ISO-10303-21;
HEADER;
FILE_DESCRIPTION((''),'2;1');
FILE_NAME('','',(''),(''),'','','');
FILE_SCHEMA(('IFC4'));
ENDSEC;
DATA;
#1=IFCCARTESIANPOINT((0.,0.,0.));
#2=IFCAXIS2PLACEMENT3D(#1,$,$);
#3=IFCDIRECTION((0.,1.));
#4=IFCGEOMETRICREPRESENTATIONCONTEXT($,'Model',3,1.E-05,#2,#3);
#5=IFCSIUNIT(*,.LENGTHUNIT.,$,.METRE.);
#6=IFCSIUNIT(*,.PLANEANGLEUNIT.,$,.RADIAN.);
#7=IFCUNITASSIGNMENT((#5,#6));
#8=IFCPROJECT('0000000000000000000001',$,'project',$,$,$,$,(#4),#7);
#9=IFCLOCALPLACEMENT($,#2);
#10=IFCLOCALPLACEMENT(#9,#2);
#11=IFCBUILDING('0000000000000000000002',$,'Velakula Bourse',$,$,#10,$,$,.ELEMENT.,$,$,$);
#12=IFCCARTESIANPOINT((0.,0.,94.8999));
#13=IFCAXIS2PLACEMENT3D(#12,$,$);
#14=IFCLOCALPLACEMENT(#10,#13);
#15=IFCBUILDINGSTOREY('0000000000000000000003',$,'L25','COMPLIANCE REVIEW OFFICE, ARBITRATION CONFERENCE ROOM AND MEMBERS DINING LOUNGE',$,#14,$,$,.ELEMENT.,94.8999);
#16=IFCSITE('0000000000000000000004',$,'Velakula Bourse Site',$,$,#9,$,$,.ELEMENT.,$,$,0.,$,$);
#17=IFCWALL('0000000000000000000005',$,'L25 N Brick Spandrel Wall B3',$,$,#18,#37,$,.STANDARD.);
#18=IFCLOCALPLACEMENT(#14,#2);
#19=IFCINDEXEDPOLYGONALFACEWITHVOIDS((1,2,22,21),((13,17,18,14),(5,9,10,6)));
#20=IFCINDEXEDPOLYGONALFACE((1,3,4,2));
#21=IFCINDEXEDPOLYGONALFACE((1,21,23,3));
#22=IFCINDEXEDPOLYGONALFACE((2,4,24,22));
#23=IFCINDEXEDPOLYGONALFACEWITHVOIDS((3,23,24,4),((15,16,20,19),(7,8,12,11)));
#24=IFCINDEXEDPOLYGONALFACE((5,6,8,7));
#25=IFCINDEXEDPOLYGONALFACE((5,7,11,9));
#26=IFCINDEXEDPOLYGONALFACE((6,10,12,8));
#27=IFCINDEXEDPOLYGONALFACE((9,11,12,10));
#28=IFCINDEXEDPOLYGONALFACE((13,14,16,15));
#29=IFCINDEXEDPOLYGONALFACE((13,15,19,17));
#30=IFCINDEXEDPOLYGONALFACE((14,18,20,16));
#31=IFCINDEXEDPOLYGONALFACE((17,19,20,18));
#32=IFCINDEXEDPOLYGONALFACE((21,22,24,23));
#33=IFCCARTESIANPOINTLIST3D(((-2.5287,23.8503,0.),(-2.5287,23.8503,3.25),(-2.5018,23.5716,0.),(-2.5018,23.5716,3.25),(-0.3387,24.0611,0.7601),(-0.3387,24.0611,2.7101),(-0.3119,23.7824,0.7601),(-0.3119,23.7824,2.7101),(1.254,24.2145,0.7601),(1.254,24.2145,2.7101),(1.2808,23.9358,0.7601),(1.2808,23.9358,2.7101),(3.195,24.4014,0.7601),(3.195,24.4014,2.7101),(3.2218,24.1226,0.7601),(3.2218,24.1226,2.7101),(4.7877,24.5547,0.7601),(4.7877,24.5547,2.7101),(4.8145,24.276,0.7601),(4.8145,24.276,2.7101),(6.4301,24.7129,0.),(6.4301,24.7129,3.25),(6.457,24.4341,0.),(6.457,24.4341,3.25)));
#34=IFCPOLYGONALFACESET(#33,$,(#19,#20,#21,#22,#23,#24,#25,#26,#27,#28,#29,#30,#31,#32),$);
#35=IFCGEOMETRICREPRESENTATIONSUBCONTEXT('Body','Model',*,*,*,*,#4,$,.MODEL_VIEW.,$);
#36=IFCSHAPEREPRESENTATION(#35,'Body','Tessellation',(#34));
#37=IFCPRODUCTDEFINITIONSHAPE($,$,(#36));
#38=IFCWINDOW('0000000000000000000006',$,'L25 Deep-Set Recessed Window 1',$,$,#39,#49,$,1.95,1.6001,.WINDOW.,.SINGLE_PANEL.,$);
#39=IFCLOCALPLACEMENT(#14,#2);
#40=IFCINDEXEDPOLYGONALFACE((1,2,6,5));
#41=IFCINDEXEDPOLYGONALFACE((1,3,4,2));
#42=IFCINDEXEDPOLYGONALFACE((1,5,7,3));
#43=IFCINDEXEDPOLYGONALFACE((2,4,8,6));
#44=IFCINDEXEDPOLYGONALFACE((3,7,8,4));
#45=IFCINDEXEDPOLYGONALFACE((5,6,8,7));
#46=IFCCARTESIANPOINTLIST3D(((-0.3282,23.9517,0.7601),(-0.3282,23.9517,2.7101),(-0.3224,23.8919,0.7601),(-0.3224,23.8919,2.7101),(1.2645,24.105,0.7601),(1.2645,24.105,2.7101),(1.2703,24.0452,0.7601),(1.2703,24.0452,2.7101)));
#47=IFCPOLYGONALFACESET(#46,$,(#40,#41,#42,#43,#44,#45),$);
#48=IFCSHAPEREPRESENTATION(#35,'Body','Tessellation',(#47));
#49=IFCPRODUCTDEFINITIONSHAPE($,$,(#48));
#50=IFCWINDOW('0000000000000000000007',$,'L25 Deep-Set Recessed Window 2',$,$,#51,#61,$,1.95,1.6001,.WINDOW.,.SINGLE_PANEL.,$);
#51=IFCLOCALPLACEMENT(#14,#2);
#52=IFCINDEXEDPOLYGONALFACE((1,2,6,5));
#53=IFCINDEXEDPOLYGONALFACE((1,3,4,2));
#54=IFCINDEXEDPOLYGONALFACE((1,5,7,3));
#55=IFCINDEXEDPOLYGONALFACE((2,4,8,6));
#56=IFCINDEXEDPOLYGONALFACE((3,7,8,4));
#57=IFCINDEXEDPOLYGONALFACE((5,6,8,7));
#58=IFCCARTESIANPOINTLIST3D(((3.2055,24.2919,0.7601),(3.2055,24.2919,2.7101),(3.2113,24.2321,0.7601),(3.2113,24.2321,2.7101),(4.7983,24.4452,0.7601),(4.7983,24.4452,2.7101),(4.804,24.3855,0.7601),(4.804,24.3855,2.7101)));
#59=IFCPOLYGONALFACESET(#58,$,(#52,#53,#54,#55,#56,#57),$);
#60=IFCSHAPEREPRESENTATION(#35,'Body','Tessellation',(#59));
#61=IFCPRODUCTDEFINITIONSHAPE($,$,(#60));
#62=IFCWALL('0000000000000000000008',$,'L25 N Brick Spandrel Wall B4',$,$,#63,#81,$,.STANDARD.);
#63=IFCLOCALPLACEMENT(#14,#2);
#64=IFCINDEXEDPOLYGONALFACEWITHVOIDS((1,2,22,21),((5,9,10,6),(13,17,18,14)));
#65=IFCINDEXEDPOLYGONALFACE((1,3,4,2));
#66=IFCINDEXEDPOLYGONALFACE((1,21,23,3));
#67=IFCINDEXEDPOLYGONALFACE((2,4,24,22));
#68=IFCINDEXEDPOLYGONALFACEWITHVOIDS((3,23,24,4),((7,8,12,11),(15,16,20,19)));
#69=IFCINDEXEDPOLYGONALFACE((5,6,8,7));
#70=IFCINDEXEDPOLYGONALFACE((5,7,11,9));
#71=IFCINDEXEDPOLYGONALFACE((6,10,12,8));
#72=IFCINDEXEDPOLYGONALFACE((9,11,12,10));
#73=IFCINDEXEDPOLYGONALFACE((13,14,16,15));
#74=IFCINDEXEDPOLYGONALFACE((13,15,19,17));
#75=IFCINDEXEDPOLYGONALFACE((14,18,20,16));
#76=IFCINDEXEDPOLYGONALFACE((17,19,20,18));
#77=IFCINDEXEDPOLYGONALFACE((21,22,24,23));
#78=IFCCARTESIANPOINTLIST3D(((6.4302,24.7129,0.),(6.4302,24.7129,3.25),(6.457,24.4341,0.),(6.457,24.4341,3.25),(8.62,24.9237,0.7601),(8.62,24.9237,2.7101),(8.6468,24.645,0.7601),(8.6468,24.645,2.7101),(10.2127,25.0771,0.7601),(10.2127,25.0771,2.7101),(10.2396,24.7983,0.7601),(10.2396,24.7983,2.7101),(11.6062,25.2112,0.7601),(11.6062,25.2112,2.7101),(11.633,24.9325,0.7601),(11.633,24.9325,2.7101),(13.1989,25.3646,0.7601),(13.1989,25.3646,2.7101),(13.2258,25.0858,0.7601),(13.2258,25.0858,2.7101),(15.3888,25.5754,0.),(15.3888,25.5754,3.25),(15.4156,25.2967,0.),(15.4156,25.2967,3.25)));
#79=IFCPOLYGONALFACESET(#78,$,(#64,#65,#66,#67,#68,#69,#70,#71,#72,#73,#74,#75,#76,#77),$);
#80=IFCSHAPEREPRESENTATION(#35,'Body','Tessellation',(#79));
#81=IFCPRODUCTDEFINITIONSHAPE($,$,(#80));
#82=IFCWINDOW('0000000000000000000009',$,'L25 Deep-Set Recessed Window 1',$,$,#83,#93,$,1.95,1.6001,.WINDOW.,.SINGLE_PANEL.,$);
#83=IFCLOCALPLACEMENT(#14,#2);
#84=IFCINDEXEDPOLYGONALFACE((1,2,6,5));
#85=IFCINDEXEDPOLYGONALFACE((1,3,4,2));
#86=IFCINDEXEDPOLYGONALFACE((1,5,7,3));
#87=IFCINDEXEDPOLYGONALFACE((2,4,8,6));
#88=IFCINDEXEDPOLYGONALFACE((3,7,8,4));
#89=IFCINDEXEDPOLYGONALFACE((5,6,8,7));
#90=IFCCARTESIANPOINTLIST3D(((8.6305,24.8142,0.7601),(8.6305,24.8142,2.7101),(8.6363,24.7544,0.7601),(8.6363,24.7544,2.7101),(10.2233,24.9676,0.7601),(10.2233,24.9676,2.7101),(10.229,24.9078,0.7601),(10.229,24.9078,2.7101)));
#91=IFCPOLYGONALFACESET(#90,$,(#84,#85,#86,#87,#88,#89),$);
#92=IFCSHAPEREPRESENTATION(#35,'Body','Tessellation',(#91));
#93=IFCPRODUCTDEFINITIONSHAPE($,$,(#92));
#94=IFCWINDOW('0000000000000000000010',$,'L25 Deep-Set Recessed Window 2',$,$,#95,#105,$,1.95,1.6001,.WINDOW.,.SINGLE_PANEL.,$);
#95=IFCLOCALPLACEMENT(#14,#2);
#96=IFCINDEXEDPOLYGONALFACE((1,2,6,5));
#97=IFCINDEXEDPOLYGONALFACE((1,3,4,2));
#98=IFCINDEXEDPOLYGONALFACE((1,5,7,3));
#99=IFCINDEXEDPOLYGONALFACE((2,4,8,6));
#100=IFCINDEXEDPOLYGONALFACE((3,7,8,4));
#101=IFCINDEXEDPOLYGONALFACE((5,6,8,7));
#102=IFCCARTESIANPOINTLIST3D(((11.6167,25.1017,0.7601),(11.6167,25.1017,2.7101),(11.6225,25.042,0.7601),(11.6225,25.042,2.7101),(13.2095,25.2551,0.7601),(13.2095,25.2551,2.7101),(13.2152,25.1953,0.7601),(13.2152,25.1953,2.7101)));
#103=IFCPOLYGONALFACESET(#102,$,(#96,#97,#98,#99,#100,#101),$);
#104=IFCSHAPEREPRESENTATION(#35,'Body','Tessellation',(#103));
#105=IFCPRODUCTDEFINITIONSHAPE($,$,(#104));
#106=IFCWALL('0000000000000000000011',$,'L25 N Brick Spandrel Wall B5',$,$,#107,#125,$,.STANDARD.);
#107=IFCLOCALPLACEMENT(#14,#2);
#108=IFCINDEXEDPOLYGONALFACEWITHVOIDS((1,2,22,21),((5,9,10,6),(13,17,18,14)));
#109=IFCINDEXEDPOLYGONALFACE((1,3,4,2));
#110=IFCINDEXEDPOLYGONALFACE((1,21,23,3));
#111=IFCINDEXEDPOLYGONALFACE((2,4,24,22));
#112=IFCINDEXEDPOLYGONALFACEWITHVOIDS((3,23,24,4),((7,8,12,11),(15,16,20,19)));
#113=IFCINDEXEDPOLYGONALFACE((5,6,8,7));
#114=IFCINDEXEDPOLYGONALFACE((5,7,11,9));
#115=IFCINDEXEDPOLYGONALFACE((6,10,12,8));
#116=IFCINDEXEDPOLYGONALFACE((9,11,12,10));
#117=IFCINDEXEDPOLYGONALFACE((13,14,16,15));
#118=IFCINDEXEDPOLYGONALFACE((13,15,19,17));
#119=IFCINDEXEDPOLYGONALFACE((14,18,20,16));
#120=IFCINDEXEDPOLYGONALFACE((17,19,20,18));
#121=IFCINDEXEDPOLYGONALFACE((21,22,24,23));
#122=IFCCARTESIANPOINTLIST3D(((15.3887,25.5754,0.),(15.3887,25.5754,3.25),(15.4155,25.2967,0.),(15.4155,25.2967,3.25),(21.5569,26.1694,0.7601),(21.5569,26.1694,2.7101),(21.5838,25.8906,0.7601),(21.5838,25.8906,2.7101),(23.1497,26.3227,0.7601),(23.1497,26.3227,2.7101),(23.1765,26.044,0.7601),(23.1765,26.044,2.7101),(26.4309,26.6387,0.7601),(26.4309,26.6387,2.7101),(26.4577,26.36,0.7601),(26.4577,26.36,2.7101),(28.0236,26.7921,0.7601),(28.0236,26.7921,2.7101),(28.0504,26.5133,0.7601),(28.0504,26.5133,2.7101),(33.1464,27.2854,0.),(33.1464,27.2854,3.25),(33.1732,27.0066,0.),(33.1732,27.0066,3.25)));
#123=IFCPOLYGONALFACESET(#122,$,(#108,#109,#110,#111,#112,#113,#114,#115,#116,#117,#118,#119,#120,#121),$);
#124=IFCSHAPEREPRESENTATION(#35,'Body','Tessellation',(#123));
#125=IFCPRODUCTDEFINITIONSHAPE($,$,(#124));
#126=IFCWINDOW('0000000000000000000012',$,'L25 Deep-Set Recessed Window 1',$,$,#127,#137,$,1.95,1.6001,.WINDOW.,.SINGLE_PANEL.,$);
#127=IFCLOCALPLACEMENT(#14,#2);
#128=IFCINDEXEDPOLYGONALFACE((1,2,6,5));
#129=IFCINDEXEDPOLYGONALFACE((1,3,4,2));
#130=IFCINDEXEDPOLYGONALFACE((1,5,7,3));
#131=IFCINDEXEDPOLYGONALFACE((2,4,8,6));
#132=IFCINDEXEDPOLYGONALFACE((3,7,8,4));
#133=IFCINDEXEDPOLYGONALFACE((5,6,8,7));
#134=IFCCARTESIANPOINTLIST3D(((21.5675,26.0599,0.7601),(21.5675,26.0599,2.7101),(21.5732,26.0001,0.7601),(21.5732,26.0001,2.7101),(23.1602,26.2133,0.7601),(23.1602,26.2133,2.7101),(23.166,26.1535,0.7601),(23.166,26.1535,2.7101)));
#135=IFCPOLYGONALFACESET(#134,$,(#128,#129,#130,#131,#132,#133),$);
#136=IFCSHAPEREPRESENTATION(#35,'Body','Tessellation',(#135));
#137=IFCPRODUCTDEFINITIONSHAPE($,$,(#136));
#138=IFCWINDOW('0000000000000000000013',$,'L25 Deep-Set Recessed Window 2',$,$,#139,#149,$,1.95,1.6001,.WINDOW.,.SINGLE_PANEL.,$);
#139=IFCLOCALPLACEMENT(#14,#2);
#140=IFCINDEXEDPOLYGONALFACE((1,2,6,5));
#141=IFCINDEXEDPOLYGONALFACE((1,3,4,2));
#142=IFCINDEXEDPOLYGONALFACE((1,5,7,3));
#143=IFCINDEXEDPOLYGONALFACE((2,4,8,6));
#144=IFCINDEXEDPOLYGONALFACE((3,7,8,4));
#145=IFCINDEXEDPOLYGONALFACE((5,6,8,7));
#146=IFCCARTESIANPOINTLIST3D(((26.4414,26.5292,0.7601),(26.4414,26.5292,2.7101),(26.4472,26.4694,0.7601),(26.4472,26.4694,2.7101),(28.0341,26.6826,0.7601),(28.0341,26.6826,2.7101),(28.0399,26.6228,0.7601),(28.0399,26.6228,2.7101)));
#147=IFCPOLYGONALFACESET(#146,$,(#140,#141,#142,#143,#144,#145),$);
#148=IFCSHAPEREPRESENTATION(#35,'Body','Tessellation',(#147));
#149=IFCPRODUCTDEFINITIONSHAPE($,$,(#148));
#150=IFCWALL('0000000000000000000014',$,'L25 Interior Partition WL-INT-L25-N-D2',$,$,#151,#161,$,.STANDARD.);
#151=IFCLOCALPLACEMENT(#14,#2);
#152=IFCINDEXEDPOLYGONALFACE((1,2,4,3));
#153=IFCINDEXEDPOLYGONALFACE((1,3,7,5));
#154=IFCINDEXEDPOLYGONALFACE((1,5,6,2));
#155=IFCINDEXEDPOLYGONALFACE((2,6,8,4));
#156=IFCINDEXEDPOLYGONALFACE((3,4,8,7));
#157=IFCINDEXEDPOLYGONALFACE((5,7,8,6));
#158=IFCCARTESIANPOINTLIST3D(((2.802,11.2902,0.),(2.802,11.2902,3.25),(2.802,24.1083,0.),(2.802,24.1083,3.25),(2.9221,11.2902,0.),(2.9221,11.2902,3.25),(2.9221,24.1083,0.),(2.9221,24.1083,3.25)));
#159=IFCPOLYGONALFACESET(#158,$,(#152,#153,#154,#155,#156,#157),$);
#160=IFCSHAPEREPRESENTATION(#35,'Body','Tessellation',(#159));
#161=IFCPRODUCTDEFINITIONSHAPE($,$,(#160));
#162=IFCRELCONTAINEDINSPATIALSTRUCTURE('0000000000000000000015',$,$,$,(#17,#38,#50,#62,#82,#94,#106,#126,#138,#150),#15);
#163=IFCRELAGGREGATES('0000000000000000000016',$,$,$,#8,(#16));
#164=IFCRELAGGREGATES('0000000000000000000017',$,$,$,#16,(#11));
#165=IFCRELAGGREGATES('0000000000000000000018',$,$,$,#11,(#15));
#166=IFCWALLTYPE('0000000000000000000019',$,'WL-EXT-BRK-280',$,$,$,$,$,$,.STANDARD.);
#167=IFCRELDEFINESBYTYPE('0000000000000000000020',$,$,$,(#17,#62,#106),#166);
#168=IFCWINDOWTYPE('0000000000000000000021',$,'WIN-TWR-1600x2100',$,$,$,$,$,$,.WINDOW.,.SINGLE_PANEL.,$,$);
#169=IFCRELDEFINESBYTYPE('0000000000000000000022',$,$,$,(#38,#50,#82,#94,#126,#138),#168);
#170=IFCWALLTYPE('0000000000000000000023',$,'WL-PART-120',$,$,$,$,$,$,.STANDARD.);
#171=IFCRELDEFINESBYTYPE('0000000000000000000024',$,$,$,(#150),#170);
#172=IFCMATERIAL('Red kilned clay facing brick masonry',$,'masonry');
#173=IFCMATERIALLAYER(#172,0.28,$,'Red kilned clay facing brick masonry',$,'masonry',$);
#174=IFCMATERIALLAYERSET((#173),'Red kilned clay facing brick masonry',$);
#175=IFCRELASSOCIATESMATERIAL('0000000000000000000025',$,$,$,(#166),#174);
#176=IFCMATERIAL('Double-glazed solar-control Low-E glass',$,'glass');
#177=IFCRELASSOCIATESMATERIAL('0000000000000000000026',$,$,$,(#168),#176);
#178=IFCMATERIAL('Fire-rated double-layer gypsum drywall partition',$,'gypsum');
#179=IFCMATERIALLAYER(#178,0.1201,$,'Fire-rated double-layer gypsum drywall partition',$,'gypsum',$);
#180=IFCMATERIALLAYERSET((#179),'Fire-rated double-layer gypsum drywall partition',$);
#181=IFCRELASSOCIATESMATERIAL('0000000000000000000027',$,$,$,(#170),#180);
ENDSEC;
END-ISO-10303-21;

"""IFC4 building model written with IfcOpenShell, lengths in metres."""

from ifc_helpers import new_model, si_unit, direction, frame, frame_2d, origin, place, context, subcontext, project, spatial, rectangle, extrude, material, layer, layer_set, type_object, element, fill, save


model = new_model("IFC4")

# Units and contexts
model_context = context("Model", 3, precision=1e-05, world=origin(), true_north=direction((0.0, 1.0)))
body_context = subcontext(model_context, "Body", "Model", "MODEL_VIEW")
ifc_project = project(units=[si_unit("LENGTHUNIT", "METRE"), si_unit("PLANEANGLEUNIT", "RADIAN")], contexts=[model_context])

# Site, building, storey
site_placement = place(None, origin())
site = spatial("IfcSite", under=ifc_project, at=site_placement, Name="Velakula Bourse Site", CompositionType="ELEMENT", RefElevation=0.0)
building_placement = place(site_placement, origin())
building = spatial("IfcBuilding", under=site, at=building_placement, Name="Velakula Bourse", CompositionType="ELEMENT")
storey_placement = place(building_placement, frame((0.0, 0.0, 94.8999)))
storey = spatial("IfcBuildingStorey", under=building, at=storey_placement, Name="L25", Description="COMPLIANCE REVIEW OFFICE, ARBITRATION CONFERENCE ROOM AND MEMBERS DINING LOUNGE", CompositionType="ELEMENT", Elevation=94.8999)

# Walls, openings, windows
ifc_material_1 = material(Name="Red kilned clay facing brick masonry", Category="masonry")
ifc_layer_1 = layer(ifc_material_1, 0.28, Name="Red kilned clay facing brick masonry", Category="masonry")
ifc_layer_set_1 = layer_set([ifc_layer_1], Name="Red kilned clay facing brick masonry")
wall_type_1 = type_object("IfcWallType", Name="WL-EXT-BRK-280", PredefinedType="STANDARD", material=ifc_layer_set_1)
wall_1_placement = place(storey_placement, frame((-2.5151, 23.7109, 0.0), z_axis=(0.0, 0.0, 1.0), x_axis=(0.995397, 0.095837, 0.0)))
wall_1 = element("IfcWall", 1, at=wall_1_placement, inside=storey, type_object=wall_type_1, Name="L25 N Brick Spandrel Wall B3", PredefinedType="STANDARD", context=body_context, shape_type="SweptSolid", body=[
    extrude(rectangle(XDim=9.0002, YDim=0.28, at=frame_2d((4.5, 0.0))), origin(), (0.0, 0.0, 1.0), 3.25),
])
opening_1_placement = place(wall_1_placement, frame((2.2, 0.0, 0.76)))
opening_1 = element("IfcOpeningElement", 2, at=opening_1_placement, cuts=wall_1, PredefinedType="OPENING", context=body_context, shape_type="SweptSolid", body=[
    extrude(rectangle(XDim=1.6001, YDim=1.95, at=frame_2d((0.8, 0.9751))), frame((0.0, 0.1499, 0.0), z_axis=(0.0, -1.0, 0.0), x_axis=(1.0, 0.0, 0.0)), (0.0, 0.0, 1.0), 0.3),
])
opening_2_placement = place(wall_1_placement, frame((5.75, 0.0, 0.76)))
opening_2 = element("IfcOpeningElement", 3, at=opening_2_placement, cuts=wall_1, PredefinedType="OPENING", context=body_context, shape_type="SweptSolid", body=[
    extrude(rectangle(XDim=1.6001, YDim=1.95, at=frame_2d((0.8, 0.9751))), frame((0.0, 0.1499, 0.0), z_axis=(0.0, -1.0, 0.0), x_axis=(1.0, 0.0, 0.0)), (0.0, 0.0, 1.0), 0.3),
])
ifc_material_2 = material(Name="Double-glazed solar-control Low-E glass", Category="glass")
window_type = type_object("IfcWindowType", Name="WIN-TWR-1600x2100", PartitioningType="SINGLE_PANEL", PredefinedType="WINDOW", material=ifc_material_2)
window_1_placement = place(opening_1_placement, origin())
window_1 = element("IfcWindow", 4, at=window_1_placement, inside=storey, type_object=window_type, Name="L25 Deep-Set Recessed Window 1", OverallHeight=1.95, OverallWidth=1.6001, PartitioningType="SINGLE_PANEL", PredefinedType="WINDOW", context=body_context, shape_type="SweptSolid", body=[
    extrude(rectangle(XDim=1.6001, YDim=1.95, at=frame_2d((0.8, 0.9751))), frame((0.0, 0.03, 0.0), z_axis=(0.0, -1.0, 0.0), x_axis=(1.0, 0.0, 0.0)), (0.0, 0.0, 1.0), 0.0601),
])
fill(opening_1, window_1)
window_2_placement = place(opening_2_placement, origin())
window_2 = element("IfcWindow", 5, at=window_2_placement, inside=storey, type_object=window_type, Name="L25 Deep-Set Recessed Window 2", OverallHeight=1.95, OverallWidth=1.6001, PartitioningType="SINGLE_PANEL", PredefinedType="WINDOW", context=body_context, shape_type="SweptSolid", body=[
    extrude(rectangle(XDim=1.6001, YDim=1.95, at=frame_2d((0.8, 0.9751))), frame((0.0, 0.03, 0.0), z_axis=(0.0, -1.0, 0.0), x_axis=(1.0, 0.0, 0.0)), (0.0, 0.0, 1.0), 0.0601),
])
fill(opening_2, window_2)
wall_2_placement = place(storey_placement, frame((6.4436, 24.5735, 0.0), z_axis=(0.0, 0.0, 1.0), x_axis=(0.995397, 0.09584, 0.0)))
wall_2 = element("IfcWall", 6, at=wall_2_placement, inside=storey, type_object=wall_type_1, Name="L25 N Brick Spandrel Wall B4", PredefinedType="STANDARD", context=body_context, shape_type="SweptSolid", body=[
    extrude(rectangle(XDim=9.0, YDim=0.28, at=frame_2d((4.5, 0.0))), origin(), (0.0, 0.0, 1.0), 3.25),
])
opening_3_placement = place(wall_2_placement, frame((2.2, 0.0, 0.76)))
opening_3 = element("IfcOpeningElement", 7, at=opening_3_placement, cuts=wall_2, PredefinedType="OPENING", context=body_context, shape_type="SweptSolid", body=[
    extrude(rectangle(XDim=1.6001, YDim=1.95, at=frame_2d((0.8, 0.9751))), frame((0.0, 0.1499, 0.0), z_axis=(0.0, -1.0, 0.0), x_axis=(1.0, 0.0, 0.0)), (0.0, 0.0, 1.0), 0.3),
])
opening_4_placement = place(wall_2_placement, frame((5.2, 0.0, 0.76)))
opening_4 = element("IfcOpeningElement", 8, at=opening_4_placement, cuts=wall_2, PredefinedType="OPENING", context=body_context, shape_type="SweptSolid", body=[
    extrude(rectangle(XDim=1.6001, YDim=1.95, at=frame_2d((0.8, 0.9751))), frame((0.0, 0.1499, 0.0), z_axis=(0.0, -1.0, 0.0), x_axis=(1.0, 0.0, 0.0)), (0.0, 0.0, 1.0), 0.3),
])
window_3_placement = place(opening_3_placement, origin())
window_3 = element("IfcWindow", 9, at=window_3_placement, inside=storey, type_object=window_type, Name="L25 Deep-Set Recessed Window 1", OverallHeight=1.95, OverallWidth=1.6001, PartitioningType="SINGLE_PANEL", PredefinedType="WINDOW", context=body_context, shape_type="SweptSolid", body=[
    extrude(rectangle(XDim=1.6001, YDim=1.95, at=frame_2d((0.8, 0.9751))), frame((0.0, 0.03, 0.0), z_axis=(0.0, -1.0, 0.0), x_axis=(1.0, 0.0, 0.0)), (0.0, 0.0, 1.0), 0.0601),
])
fill(opening_3, window_3)
window_4_placement = place(opening_4_placement, origin())
window_4 = element("IfcWindow", 10, at=window_4_placement, inside=storey, type_object=window_type, Name="L25 Deep-Set Recessed Window 2", OverallHeight=1.95, OverallWidth=1.6001, PartitioningType="SINGLE_PANEL", PredefinedType="WINDOW", context=body_context, shape_type="SweptSolid", body=[
    extrude(rectangle(XDim=1.6001, YDim=1.95, at=frame_2d((0.8, 0.9751))), frame((0.0, 0.03, 0.0), z_axis=(0.0, -1.0, 0.0), x_axis=(1.0, 0.0, 0.0)), (0.0, 0.0, 1.0), 0.0601),
])
fill(opening_4, window_4)
wall_3_placement = place(storey_placement, frame((15.4021, 25.436, 0.0), z_axis=(0.0, 0.0, 1.0), x_axis=(0.995396, 0.09585, 0.0)))
wall_3 = element("IfcWall", 11, at=wall_3_placement, inside=storey, type_object=wall_type_1, Name="L25 N Brick Spandrel Wall B5", PredefinedType="STANDARD", context=body_context, shape_type="SweptSolid", body=[
    extrude(rectangle(XDim=17.8398, YDim=0.28, at=frame_2d((8.9199, 0.0))), origin(), (0.0, 0.0, 1.0), 3.25),
])
opening_5_placement = place(wall_3_placement, frame((6.1968, 0.0, 0.76)))
opening_5 = element("IfcOpeningElement", 12, at=opening_5_placement, cuts=wall_3, PredefinedType="OPENING", context=body_context, shape_type="SweptSolid", body=[
    extrude(rectangle(XDim=1.6001, YDim=1.95, at=frame_2d((0.8, 0.9751))), frame((0.0, 0.1499, 0.0), z_axis=(0.0, -1.0, 0.0), x_axis=(1.0, 0.0, 0.0)), (0.0, 0.0, 1.0), 0.3),
])
opening_6_placement = place(wall_3_placement, frame((11.0933, 0.0, 0.76)))
opening_6 = element("IfcOpeningElement", 13, at=opening_6_placement, cuts=wall_3, PredefinedType="OPENING", context=body_context, shape_type="SweptSolid", body=[
    extrude(rectangle(XDim=1.6001, YDim=1.95, at=frame_2d((0.8, 0.9751))), frame((0.0, 0.1499, 0.0), z_axis=(0.0, -1.0, 0.0), x_axis=(1.0, 0.0, 0.0)), (0.0, 0.0, 1.0), 0.3),
])
window_5_placement = place(opening_5_placement, origin())
window_5 = element("IfcWindow", 14, at=window_5_placement, inside=storey, type_object=window_type, Name="L25 Deep-Set Recessed Window 1", OverallHeight=1.95, OverallWidth=1.6001, PartitioningType="SINGLE_PANEL", PredefinedType="WINDOW", context=body_context, shape_type="SweptSolid", body=[
    extrude(rectangle(XDim=1.6001, YDim=1.95, at=frame_2d((0.8, 0.9751))), frame((0.0, 0.03, 0.0), z_axis=(0.0, -1.0, 0.0), x_axis=(1.0, 0.0, 0.0)), (0.0, 0.0, 1.0), 0.0601),
])
fill(opening_5, window_5)
window_6_placement = place(opening_6_placement, origin())
window_6 = element("IfcWindow", 15, at=window_6_placement, inside=storey, type_object=window_type, Name="L25 Deep-Set Recessed Window 2", OverallHeight=1.95, OverallWidth=1.6001, PartitioningType="SINGLE_PANEL", PredefinedType="WINDOW", context=body_context, shape_type="SweptSolid", body=[
    extrude(rectangle(XDim=1.6001, YDim=1.95, at=frame_2d((0.8, 0.9751))), frame((0.0, 0.03, 0.0), z_axis=(0.0, -1.0, 0.0), x_axis=(1.0, 0.0, 0.0)), (0.0, 0.0, 1.0), 0.0601),
])
fill(opening_6, window_6)

# Wall
ifc_material_3 = material(Name="Fire-rated double-layer gypsum drywall partition", Category="gypsum")
ifc_layer_2 = layer(ifc_material_3, 0.1201, Name="Fire-rated double-layer gypsum drywall partition", Category="gypsum")
ifc_layer_set_2 = layer_set([ifc_layer_2], Name="Fire-rated double-layer gypsum drywall partition")
wall_type_2 = type_object("IfcWallType", Name="WL-PART-120", PredefinedType="STANDARD", material=ifc_layer_set_2)
wall_4_placement = place(storey_placement, frame((2.8621, 11.29, 0.0), z_axis=(0.0, 0.0, 1.0), x_axis=(0.0, 1.0, 0.0)))
element("IfcWall", 16, at=wall_4_placement, inside=storey, type_object=wall_type_2, Name="L25 Interior Partition WL-INT-L25-N-D2", PredefinedType="STANDARD", context=body_context, shape_type="SweptSolid", body=[
    extrude(rectangle(XDim=12.8181, YDim=0.1201, at=frame_2d((6.4092, 0.0))), origin(), (0.0, 0.0, 1.0), 3.25),
])

save(model, "model.ifc")
